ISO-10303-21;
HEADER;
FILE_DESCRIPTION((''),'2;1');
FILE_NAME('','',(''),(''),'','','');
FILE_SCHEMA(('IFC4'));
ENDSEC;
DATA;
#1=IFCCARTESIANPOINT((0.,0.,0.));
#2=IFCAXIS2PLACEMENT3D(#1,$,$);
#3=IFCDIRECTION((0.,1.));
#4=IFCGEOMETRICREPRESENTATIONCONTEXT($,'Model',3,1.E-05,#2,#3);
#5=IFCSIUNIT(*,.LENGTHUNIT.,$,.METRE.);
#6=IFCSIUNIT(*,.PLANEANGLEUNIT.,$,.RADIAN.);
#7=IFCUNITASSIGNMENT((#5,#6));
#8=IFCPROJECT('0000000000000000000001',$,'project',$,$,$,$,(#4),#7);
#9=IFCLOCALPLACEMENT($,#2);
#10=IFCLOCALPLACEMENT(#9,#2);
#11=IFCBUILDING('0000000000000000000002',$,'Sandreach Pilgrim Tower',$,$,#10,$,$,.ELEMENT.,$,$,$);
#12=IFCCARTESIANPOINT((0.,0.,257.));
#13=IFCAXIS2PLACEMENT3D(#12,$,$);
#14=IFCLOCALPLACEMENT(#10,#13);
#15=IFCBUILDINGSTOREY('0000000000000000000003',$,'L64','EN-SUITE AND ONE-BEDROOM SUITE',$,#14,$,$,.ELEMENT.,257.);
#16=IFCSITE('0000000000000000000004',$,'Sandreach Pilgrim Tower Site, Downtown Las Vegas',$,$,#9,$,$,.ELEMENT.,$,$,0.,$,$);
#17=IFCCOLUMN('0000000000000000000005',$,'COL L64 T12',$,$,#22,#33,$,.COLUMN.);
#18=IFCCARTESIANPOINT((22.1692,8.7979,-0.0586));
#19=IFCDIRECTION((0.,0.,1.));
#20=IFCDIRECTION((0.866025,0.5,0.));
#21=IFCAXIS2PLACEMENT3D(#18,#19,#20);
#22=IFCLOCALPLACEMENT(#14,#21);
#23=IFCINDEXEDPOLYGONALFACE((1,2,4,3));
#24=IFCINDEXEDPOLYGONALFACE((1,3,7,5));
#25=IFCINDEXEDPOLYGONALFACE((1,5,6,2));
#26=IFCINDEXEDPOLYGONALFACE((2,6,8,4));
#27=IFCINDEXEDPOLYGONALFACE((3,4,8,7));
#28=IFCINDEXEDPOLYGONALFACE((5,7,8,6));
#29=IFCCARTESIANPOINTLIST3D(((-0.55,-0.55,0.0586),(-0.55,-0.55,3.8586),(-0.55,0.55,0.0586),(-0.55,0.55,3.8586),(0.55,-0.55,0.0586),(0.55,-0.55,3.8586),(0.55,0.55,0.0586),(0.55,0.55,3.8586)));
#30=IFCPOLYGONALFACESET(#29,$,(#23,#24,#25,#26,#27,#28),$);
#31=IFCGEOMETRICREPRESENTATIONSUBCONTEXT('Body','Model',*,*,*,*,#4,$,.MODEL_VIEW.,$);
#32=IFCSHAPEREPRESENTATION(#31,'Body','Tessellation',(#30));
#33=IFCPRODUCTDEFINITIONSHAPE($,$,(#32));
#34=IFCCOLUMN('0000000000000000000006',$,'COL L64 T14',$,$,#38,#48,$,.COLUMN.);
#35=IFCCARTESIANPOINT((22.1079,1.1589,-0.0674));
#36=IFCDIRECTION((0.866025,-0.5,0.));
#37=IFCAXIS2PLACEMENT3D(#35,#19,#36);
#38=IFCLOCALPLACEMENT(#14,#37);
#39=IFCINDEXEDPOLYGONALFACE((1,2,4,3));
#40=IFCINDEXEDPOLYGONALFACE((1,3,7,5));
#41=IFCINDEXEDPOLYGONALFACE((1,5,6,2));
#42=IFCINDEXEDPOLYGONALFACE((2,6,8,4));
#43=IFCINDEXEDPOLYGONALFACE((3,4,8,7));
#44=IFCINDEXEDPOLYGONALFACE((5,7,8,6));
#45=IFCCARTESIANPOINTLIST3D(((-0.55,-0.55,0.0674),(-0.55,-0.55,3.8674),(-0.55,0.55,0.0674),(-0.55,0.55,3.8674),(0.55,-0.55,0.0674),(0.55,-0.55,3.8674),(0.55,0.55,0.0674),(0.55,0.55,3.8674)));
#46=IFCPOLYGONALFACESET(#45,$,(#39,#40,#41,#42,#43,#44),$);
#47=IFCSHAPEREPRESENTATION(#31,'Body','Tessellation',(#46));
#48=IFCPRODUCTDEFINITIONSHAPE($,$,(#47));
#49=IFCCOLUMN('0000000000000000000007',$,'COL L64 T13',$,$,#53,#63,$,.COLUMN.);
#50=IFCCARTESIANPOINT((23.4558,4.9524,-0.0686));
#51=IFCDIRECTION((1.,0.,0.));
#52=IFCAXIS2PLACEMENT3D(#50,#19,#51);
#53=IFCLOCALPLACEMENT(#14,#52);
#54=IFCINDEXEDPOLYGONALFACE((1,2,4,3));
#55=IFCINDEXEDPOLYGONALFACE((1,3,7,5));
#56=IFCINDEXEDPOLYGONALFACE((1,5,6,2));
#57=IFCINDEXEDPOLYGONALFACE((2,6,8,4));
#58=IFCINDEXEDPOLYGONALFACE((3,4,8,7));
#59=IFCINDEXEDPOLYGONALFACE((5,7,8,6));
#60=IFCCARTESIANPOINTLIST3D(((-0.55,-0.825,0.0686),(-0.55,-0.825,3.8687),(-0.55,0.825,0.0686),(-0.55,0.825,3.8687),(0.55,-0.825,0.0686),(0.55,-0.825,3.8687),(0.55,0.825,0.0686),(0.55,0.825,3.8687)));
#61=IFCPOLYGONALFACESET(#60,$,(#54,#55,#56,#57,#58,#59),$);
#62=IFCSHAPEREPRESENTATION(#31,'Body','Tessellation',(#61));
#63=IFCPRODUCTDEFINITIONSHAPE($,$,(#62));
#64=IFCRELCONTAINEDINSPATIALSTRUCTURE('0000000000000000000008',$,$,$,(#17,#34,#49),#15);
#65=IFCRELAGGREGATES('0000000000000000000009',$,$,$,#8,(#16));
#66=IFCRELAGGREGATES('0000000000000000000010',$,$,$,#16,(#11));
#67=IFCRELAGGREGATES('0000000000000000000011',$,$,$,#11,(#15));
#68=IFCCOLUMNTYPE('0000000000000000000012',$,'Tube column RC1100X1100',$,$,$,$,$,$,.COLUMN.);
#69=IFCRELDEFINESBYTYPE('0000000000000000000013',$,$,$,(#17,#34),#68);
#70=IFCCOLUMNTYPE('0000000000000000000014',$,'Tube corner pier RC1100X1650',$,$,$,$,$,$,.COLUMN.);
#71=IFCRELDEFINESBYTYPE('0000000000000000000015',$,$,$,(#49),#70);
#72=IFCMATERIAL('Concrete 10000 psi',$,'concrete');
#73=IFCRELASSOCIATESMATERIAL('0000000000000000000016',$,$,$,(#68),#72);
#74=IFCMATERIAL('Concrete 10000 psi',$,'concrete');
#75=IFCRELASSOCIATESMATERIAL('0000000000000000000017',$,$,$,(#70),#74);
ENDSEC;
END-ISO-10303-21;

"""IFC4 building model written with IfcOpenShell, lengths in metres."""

from ifc_helpers import new_model, si_unit, direction, frame, origin, origin_2d, place, context, subcontext, project, spatial, rectangle, extrude, clip, halfspace, material, material_profile, profile_set, type_object, element, save


model = new_model("IFC4")

# Units and contexts
model_context = context("Model", 3, precision=1e-05, world=origin(), true_north=direction((0.0, 1.0)))
body_context = subcontext(model_context, "Body", "Model", "MODEL_VIEW")
ifc_project = project(units=[si_unit("LENGTHUNIT", "METRE"), si_unit("PLANEANGLEUNIT", "RADIAN")], contexts=[model_context])

# Site, building, storey
site_placement = place(None, origin())
site = spatial("IfcSite", under=ifc_project, at=site_placement, Name="Sandreach Pilgrim Tower Site, Downtown Las Vegas", CompositionType="ELEMENT", RefElevation=0.0)
building_placement = place(site_placement, origin())
building = spatial("IfcBuilding", under=site, at=building_placement, Name="Sandreach Pilgrim Tower", CompositionType="ELEMENT")
storey_placement = place(building_placement, frame((0.0, 0.0, 257.0)))
storey = spatial("IfcBuildingStorey", under=building, at=storey_placement, Name="L64", Description="EN-SUITE AND ONE-BEDROOM SUITE", CompositionType="ELEMENT", Elevation=257.0)

# Columns
ifc_material_1 = material(Name="Concrete 10000 psi", Category="concrete")
ifc_material_profile_1 = material_profile(ifc_material_1, rectangle(XDim=1.1001, YDim=1.1001, at=origin_2d()), Name="RC1100X1100")
ifc_profile_set_1 = profile_set([ifc_material_profile_1], Name="Concrete 10000 psi")
column_type_1 = type_object("IfcColumnType", Name="Tube column RC1100X1100", PredefinedType="COLUMN", material=ifc_profile_set_1)
column_1_placement = place(storey_placement, frame((22.1692, 8.7979, -0.0586), z_axis=(0.0, 0.0, 1.0), x_axis=(0.866025, 0.5, 0.0)))
element("IfcColumn", 1, at=column_1_placement, inside=storey, type_object=column_type_1, Name="COL L64 T12", PredefinedType="COLUMN", context=body_context, shape_type="SweptSolid", body=[
    clip(extrude(rectangle(XDim=1.1001, YDim=1.1001, at=origin_2d()), origin(), (0.0, 0.0, 1.0), 3.8586), halfspace(frame((0.0, 0.0, 0.0586)), True)),
])
column_2_placement = place(storey_placement, frame((22.1079, 1.1589, -0.0674), z_axis=(0.0, 0.0, 1.0), x_axis=(0.866025, -0.5, 0.0)))
element("IfcColumn", 2, at=column_2_placement, inside=storey, type_object=column_type_1, Name="COL L64 T14", PredefinedType="COLUMN", context=body_context, shape_type="SweptSolid", body=[
    clip(extrude(rectangle(XDim=1.1001, YDim=1.1001, at=origin_2d()), origin(), (0.0, 0.0, 1.0), 3.8674), halfspace(frame((0.0, 0.0, 0.0674)), True)),
])
ifc_material_2 = material(Name="Concrete 10000 psi", Category="concrete")
ifc_material_profile_2 = material_profile(ifc_material_2, rectangle(XDim=1.1001, YDim=1.6499, at=origin_2d()), Name="RC1100X1650")
ifc_profile_set_2 = profile_set([ifc_material_profile_2], Name="Concrete 10000 psi")
column_type_2 = type_object("IfcColumnType", Name="Tube corner pier RC1100X1650", PredefinedType="COLUMN", material=ifc_profile_set_2)
column_3_placement = place(storey_placement, frame((23.4558, 4.9524, -0.0686), z_axis=(0.0, 0.0, 1.0), x_axis=(1.0, 0.0, 0.0)))
element("IfcColumn", 3, at=column_3_placement, inside=storey, type_object=column_type_2, Name="COL L64 T13", PredefinedType="COLUMN", context=body_context, shape_type="SweptSolid", body=[
    clip(extrude(rectangle(XDim=1.1001, YDim=1.6499, at=origin_2d()), origin(), (0.0, 0.0, 1.0), 3.8687), halfspace(frame((0.0, 0.0, 0.0686)), True)),
])

save(model, "model.ifc")
